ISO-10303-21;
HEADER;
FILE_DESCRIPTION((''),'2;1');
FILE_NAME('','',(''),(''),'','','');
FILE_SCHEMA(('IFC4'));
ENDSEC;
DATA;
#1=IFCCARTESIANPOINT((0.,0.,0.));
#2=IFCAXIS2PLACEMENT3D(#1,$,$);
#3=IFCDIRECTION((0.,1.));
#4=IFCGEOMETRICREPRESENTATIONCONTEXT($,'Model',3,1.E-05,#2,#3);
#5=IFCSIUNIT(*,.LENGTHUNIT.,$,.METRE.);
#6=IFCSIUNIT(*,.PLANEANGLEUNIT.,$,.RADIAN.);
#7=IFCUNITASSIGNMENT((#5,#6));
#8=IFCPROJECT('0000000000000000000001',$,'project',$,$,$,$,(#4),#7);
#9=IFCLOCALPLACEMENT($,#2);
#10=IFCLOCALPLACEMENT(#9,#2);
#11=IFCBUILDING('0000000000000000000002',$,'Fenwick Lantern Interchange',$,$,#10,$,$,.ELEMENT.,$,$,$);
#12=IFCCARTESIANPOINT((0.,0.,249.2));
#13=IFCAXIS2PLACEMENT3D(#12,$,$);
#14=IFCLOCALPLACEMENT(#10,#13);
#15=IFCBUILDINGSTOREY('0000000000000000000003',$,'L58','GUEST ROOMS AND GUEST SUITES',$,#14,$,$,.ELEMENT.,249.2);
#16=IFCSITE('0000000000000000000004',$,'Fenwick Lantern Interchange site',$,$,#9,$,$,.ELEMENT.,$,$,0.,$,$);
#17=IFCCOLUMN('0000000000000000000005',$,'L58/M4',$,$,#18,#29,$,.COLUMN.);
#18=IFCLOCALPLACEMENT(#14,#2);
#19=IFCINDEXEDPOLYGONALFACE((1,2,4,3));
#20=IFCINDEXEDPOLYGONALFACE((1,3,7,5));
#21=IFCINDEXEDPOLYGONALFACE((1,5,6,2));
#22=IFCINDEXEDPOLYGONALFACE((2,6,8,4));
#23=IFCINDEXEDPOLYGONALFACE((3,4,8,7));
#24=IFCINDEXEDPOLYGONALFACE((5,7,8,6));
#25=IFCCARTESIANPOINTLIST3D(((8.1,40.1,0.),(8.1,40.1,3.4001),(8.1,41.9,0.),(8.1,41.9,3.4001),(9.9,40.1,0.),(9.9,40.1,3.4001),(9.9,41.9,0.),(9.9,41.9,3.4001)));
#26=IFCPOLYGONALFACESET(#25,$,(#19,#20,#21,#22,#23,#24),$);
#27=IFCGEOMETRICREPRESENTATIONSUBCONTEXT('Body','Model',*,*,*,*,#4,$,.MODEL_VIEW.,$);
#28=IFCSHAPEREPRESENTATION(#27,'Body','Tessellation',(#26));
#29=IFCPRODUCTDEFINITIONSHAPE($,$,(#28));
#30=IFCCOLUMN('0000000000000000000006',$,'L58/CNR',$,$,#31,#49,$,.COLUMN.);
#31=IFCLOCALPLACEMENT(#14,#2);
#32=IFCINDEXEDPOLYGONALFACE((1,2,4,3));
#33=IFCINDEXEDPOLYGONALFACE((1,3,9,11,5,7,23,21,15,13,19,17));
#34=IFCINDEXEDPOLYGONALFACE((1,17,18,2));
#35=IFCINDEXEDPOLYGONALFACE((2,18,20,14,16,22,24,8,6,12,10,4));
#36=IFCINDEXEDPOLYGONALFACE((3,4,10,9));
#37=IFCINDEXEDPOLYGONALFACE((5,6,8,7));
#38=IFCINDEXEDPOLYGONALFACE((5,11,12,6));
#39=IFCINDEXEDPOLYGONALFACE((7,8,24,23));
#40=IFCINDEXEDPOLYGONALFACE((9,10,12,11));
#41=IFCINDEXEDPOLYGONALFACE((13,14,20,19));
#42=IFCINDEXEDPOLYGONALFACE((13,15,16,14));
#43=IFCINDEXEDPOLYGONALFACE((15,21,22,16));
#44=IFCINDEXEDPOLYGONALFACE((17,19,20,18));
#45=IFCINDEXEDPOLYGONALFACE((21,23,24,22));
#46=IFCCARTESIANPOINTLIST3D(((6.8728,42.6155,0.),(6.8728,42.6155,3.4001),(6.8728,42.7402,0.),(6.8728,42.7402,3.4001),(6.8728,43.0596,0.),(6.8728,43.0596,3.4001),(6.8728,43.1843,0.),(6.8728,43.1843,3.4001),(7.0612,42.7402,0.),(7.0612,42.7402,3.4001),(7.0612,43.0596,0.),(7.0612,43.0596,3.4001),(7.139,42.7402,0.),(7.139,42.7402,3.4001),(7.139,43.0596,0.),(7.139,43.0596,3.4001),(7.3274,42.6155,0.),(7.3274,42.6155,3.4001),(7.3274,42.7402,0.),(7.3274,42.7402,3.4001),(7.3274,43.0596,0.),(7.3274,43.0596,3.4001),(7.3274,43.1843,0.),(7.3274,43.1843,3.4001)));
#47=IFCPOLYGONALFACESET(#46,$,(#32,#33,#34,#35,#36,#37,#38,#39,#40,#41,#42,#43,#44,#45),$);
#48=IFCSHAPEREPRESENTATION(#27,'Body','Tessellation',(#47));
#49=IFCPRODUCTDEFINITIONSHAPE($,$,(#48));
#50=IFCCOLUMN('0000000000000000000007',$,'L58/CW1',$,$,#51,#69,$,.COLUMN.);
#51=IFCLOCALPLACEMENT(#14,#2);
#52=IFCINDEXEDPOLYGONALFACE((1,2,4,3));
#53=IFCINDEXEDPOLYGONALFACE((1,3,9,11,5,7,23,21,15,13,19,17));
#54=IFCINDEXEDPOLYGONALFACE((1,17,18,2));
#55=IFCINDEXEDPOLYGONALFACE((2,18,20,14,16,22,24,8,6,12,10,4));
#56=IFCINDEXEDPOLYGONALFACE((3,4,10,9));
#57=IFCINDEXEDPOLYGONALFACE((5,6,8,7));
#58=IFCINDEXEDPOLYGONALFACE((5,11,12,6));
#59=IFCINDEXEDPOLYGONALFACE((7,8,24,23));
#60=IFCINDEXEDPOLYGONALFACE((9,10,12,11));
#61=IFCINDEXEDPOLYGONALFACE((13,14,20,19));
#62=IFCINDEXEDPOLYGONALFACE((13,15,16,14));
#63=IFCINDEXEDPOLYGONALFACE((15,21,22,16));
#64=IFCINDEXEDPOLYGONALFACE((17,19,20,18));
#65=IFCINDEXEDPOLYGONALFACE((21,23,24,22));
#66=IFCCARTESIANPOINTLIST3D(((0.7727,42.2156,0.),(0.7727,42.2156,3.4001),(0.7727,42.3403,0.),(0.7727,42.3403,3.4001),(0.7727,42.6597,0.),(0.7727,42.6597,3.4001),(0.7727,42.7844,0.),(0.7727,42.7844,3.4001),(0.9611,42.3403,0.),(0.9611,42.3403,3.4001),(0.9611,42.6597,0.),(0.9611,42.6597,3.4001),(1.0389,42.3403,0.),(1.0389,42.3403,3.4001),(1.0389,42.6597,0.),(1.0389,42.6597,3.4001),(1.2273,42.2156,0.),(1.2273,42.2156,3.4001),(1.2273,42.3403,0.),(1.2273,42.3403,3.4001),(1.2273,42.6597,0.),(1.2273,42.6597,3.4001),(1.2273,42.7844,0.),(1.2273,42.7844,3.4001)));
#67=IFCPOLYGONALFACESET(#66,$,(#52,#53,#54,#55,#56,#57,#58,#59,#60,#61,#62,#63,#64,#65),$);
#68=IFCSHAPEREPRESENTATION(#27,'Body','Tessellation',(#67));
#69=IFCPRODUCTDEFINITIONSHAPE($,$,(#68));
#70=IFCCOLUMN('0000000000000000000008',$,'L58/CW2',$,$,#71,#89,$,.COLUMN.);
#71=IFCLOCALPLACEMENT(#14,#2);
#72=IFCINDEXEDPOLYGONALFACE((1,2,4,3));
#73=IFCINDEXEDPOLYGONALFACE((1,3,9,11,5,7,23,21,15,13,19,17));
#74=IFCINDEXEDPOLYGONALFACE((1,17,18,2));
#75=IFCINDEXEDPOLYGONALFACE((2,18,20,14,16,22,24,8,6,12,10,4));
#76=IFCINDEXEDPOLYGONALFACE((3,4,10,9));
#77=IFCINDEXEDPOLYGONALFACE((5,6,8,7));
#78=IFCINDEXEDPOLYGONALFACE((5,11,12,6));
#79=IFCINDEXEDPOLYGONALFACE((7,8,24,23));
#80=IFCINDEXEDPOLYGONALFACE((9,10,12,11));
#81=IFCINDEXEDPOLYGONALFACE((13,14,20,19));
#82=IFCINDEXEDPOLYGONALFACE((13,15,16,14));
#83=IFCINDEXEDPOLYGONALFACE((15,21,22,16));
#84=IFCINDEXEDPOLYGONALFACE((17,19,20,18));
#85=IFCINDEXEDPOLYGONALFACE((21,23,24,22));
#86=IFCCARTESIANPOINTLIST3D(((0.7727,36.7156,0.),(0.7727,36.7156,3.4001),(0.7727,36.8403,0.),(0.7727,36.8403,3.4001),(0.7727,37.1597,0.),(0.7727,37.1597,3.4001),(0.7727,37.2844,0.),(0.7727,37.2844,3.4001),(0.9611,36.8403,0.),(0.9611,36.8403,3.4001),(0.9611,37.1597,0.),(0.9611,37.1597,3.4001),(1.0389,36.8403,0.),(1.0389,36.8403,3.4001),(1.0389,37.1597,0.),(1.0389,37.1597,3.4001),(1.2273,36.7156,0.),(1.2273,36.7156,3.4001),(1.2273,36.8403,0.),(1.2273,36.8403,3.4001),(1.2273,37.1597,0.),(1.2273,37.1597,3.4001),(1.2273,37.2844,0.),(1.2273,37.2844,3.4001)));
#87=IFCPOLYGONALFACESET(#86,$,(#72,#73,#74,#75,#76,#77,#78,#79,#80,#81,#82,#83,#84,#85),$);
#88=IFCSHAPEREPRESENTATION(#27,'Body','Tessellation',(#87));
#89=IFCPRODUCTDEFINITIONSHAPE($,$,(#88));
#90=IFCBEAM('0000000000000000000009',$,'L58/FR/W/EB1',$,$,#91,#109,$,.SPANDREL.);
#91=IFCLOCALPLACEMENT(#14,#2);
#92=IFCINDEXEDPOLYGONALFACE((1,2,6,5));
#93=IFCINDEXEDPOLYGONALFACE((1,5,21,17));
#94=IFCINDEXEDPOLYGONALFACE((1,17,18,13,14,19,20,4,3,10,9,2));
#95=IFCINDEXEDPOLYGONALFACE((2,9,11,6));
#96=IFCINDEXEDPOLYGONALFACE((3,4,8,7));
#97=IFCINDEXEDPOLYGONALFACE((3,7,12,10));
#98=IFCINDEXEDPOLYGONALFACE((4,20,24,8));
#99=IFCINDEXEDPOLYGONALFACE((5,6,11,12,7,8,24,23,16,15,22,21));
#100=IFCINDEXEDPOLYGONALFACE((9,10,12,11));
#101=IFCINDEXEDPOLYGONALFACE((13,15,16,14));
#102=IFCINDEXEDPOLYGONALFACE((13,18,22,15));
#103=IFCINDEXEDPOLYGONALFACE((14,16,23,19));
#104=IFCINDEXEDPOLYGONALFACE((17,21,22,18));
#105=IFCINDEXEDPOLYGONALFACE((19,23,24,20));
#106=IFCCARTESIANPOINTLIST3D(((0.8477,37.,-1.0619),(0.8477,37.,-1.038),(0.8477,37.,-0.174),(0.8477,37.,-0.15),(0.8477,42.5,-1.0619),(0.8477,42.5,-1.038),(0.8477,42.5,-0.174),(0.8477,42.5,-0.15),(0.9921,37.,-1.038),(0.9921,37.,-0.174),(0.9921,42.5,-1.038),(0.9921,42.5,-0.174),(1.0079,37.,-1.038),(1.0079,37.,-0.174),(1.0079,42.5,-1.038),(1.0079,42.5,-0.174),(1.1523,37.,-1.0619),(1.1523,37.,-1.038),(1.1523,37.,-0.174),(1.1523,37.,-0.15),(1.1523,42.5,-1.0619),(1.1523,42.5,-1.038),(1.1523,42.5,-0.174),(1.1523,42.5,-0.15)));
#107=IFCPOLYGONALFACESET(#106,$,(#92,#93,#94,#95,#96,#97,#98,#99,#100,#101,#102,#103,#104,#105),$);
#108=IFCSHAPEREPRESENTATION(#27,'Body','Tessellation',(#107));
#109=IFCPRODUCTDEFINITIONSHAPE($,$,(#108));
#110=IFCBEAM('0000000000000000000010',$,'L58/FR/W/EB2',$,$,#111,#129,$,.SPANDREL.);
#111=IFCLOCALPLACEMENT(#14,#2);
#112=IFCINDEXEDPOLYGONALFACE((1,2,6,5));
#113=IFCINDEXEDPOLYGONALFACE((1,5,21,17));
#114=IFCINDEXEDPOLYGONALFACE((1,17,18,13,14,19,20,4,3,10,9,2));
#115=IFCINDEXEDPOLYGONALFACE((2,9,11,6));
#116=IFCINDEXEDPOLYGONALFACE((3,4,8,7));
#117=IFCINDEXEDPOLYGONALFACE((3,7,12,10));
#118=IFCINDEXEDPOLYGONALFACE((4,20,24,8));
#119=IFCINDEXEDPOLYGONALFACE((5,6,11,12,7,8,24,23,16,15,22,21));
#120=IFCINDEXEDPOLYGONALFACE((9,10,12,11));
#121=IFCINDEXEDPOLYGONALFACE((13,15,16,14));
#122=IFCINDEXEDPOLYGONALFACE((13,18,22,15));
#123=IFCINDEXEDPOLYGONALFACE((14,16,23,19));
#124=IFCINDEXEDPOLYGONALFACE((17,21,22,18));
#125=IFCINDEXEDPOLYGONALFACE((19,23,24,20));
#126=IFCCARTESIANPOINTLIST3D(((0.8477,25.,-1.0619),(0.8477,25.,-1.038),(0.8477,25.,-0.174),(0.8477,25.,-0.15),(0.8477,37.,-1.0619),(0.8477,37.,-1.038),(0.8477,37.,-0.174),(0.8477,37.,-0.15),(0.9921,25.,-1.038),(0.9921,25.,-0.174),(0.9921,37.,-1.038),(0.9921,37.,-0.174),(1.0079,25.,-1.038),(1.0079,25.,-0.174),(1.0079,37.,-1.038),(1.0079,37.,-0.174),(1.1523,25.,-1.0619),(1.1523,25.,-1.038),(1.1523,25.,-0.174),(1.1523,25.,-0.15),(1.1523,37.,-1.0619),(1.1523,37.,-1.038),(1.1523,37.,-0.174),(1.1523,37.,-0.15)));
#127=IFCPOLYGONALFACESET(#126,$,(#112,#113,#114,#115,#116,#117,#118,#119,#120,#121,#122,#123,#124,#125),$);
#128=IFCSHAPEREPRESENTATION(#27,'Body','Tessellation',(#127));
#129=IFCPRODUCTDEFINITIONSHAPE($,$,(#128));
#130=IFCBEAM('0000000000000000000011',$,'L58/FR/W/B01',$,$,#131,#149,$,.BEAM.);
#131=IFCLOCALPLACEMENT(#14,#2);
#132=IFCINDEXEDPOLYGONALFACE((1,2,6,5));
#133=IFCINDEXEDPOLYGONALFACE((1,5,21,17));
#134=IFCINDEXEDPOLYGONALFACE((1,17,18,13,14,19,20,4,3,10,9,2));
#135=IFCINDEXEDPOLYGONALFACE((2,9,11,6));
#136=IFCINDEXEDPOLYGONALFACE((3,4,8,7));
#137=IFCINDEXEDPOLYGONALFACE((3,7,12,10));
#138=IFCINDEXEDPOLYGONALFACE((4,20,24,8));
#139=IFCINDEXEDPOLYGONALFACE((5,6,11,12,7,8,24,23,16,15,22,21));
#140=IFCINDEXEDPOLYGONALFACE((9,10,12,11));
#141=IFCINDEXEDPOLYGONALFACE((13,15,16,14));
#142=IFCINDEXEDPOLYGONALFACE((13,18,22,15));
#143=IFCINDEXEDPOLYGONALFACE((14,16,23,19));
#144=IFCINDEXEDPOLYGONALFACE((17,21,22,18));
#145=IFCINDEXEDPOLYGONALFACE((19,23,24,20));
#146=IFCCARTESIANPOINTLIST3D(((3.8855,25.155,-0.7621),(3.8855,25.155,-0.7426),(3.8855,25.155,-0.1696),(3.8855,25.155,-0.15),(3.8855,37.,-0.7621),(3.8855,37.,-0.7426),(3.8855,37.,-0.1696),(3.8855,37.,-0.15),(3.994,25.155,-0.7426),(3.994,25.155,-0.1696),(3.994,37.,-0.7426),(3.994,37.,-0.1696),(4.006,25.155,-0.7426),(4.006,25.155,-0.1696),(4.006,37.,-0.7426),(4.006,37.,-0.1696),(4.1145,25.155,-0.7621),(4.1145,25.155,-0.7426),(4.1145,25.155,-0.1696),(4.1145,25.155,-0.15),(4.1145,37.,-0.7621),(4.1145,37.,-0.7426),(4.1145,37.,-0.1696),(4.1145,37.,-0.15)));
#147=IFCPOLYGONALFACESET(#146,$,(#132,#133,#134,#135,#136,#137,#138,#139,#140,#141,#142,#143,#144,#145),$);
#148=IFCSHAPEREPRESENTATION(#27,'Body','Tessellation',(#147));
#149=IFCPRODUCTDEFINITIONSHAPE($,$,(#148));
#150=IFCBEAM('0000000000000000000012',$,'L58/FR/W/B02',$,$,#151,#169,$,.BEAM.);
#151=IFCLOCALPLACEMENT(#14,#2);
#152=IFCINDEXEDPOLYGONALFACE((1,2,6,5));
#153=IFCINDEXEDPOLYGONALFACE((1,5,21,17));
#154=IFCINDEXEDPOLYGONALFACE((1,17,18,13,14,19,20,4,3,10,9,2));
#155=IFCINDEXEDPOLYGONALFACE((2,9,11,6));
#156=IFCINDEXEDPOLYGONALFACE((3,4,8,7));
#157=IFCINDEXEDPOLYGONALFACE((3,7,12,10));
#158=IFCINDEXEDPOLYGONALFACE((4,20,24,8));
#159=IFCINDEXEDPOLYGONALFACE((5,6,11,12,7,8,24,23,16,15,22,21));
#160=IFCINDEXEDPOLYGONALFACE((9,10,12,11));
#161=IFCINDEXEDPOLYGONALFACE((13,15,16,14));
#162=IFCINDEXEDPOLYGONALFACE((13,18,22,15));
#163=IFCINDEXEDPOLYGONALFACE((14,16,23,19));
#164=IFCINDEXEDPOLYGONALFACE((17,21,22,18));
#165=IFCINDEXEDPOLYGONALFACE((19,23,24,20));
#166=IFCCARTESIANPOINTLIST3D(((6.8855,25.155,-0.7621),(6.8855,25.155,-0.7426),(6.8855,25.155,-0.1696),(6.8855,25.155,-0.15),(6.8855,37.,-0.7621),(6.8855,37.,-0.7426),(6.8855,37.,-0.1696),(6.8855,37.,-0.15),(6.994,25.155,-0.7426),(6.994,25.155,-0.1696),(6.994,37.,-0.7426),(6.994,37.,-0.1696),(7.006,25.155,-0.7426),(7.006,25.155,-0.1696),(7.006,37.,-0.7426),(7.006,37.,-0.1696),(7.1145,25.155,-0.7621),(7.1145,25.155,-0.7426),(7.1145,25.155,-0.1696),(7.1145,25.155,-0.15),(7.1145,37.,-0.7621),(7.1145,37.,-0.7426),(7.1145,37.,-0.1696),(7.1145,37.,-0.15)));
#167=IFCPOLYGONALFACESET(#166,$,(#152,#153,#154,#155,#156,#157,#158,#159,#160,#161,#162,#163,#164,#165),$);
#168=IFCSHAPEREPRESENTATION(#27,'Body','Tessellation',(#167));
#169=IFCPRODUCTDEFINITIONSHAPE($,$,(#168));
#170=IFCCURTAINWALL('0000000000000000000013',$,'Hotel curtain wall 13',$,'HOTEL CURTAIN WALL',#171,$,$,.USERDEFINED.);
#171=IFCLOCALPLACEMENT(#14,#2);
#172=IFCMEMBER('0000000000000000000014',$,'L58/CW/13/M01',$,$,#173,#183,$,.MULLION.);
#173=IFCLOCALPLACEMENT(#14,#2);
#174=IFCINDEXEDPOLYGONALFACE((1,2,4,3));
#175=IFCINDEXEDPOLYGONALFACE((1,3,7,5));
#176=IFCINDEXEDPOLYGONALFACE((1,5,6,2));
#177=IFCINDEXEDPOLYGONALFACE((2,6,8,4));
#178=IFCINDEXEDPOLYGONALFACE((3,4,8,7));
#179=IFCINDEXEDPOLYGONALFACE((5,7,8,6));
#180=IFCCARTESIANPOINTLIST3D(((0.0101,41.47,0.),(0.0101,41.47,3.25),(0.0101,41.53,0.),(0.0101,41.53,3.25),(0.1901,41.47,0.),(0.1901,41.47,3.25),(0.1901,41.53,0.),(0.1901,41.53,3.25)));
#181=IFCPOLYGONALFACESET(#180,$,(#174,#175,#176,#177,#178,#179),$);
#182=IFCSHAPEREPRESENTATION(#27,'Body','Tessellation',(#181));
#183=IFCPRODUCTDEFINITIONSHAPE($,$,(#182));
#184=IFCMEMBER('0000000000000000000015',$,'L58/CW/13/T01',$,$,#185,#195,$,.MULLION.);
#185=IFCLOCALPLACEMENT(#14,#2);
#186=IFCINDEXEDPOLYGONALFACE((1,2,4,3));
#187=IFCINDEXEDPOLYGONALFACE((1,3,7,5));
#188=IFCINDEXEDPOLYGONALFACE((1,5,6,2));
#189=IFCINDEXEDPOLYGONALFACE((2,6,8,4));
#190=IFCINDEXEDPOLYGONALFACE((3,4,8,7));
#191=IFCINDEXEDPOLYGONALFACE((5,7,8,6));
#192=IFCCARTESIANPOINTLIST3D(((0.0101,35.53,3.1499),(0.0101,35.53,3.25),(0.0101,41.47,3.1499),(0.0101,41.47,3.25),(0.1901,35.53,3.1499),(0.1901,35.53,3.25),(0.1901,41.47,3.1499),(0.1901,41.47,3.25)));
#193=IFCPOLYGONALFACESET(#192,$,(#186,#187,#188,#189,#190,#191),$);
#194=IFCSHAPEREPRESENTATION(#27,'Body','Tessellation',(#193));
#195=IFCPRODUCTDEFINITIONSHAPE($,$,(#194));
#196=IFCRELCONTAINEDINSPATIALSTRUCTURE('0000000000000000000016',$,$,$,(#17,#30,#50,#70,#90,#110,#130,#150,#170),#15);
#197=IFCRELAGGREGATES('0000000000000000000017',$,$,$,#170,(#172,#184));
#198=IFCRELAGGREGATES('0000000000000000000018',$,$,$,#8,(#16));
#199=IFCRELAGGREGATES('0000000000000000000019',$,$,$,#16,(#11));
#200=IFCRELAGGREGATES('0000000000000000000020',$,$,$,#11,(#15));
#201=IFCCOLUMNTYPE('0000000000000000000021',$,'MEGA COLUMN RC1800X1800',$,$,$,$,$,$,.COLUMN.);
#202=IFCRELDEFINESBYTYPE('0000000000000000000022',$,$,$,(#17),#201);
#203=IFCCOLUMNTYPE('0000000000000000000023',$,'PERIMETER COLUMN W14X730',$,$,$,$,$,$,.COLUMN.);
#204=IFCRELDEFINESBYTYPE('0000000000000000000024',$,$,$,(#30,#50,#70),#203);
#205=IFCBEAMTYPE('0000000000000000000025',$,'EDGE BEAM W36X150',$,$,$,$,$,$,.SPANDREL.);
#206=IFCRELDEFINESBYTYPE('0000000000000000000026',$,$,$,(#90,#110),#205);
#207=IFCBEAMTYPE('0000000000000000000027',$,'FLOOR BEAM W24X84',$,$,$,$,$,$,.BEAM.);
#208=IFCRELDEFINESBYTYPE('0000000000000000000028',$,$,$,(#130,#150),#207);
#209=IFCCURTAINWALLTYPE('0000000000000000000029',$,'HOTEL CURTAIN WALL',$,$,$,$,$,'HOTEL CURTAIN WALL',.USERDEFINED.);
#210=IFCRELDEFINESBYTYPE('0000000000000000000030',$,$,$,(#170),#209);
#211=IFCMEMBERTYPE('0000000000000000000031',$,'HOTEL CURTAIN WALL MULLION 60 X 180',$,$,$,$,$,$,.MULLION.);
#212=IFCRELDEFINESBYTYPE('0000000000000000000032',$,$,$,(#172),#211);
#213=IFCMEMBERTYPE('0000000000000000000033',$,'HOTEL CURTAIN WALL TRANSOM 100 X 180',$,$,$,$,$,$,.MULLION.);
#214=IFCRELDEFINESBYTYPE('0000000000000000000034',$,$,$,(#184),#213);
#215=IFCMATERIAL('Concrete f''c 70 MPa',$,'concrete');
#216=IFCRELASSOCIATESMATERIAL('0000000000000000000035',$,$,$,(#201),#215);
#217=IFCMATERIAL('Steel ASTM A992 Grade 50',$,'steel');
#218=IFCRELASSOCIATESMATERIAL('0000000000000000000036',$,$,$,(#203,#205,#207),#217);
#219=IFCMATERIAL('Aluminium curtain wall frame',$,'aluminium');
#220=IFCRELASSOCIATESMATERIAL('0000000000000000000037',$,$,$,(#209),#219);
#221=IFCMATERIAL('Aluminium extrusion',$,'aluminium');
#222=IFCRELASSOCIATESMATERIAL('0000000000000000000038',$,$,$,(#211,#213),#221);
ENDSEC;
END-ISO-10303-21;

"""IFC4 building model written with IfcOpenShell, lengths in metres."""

from ifc_helpers import new_model, si_unit, direction, frame, origin, origin_2d, place, context, subcontext, project, spatial, rectangle, i_section, extrude, material, material_profile, profile_set, type_object, element, aggregate, save


model = new_model("IFC4")

# Units and contexts
model_context = context("Model", 3, precision=1e-05, world=origin(), true_north=direction((0.0, 1.0)))
body_context = subcontext(model_context, "Body", "Model", "MODEL_VIEW")
ifc_project = project(units=[si_unit("LENGTHUNIT", "METRE"), si_unit("PLANEANGLEUNIT", "RADIAN")], contexts=[model_context])

# Site, building, storey
site_placement = place(None, origin())
site = spatial("IfcSite", under=ifc_project, at=site_placement, Name="Fenwick Lantern Interchange site", CompositionType="ELEMENT", RefElevation=0.0)
building_placement = place(site_placement, origin())
building = spatial("IfcBuilding", under=site, at=building_placement, Name="Fenwick Lantern Interchange", CompositionType="ELEMENT")
storey_placement = place(building_placement, frame((0.0, 0.0, 249.2)))
storey = spatial("IfcBuildingStorey", under=building, at=storey_placement, Name="L58", Description="GUEST ROOMS AND GUEST SUITES", CompositionType="ELEMENT", Elevation=249.2)

# Columns
ifc_material_1 = material(Name="Concrete f'c 70 MPa", Category="concrete")
ifc_material_profile_1 = material_profile(ifc_material_1, rectangle(XDim=1.8, YDim=1.8, at=origin_2d()), Name="RC1800X1800")
ifc_profile_set_1 = profile_set([ifc_material_profile_1], Name="Concrete f'c 70 MPa")
column_type_1 = type_object("IfcColumnType", Name="MEGA COLUMN RC1800X1800", PredefinedType="COLUMN", material=ifc_profile_set_1)
column_placement = place(storey_placement, frame((9.0, 41.0, 0.0), z_axis=(0.0, 0.0, 1.0), x_axis=(1.0, 0.0, 0.0)))
element("IfcColumn", 1, at=column_placement, inside=storey, type_object=column_type_1, Name="L58/M4", PredefinedType="COLUMN", context=body_context, shape_type="SweptSolid", body=[
    extrude(rectangle(XDim=1.8, YDim=1.8, at=origin_2d()), origin(), (0.0, 0.0, 1.0), 3.4001),
])
ifc_material_2 = material(Name="Steel ASTM A992 Grade 50", Category="steel")
ifc_material_profile_2 = material_profile(ifc_material_2, i_section(OverallWidth=0.4546, OverallDepth=0.5688, WebThickness=0.0779, FlangeThickness=0.1248, at=origin_2d()), Name="W14X730")
ifc_profile_set_2 = profile_set([ifc_material_profile_2], Name="Steel ASTM A992 Grade 50")
column_type_2 = type_object("IfcColumnType", Name="PERIMETER COLUMN W14X730", PredefinedType="COLUMN", material=ifc_profile_set_2)
for number, where, z_axis, x_axis, name in (
    (2, (7.1001, 42.8999, 0.0), (0.0, 0.0, 1.0), (1.0, 0.0, 0.0), "L58/CNR"),
    (3, (1.0, 42.5, 0.0), (0.0, 0.0, 1.0), (1.0, 0.0, 0.0), "L58/CW1"),
    (4, (1.0, 37.0, 0.0), (0.0, 0.0, 1.0), (1.0, 0.0, 0.0), "L58/CW2"),
):
    element("IfcColumn", number, at=place(storey_placement, frame(where, z_axis=z_axis, x_axis=x_axis)), inside=storey, type_object=column_type_2, Name=name, PredefinedType="COLUMN", context=body_context, shape_type="SweptSolid", body=[
        extrude(i_section(OverallWidth=0.4546, OverallDepth=0.5688, WebThickness=0.0779, FlangeThickness=0.1248, at=origin_2d()), origin(), (0.0, 0.0, 1.0), 3.4001),
    ])

# Beams
ifc_material_profile_3 = material_profile(ifc_material_2, i_section(OverallWidth=0.3047, OverallDepth=0.9119, WebThickness=0.0159, FlangeThickness=0.0239, at=origin_2d()), Name="W36X150")
ifc_profile_set_3 = profile_set([ifc_material_profile_3], Name="Steel ASTM A992 Grade 50")
beam_type_1 = type_object("IfcBeamType", Name="EDGE BEAM W36X150", PredefinedType="SPANDREL", material=ifc_profile_set_3)
beam_1_placement = place(storey_placement, frame((1.0, 42.5, -0.606), z_axis=(0.0, -1.0, 0.0), x_axis=(1.0, 0.0, 0.0)))
element("IfcBeam", 5, at=beam_1_placement, inside=storey, type_object=beam_type_1, Name="L58/FR/W/EB1", PredefinedType="SPANDREL", context=body_context, shape_type="SweptSolid", body=[
    extrude(i_section(OverallWidth=0.3047, OverallDepth=0.9119, WebThickness=0.0159, FlangeThickness=0.0239, at=origin_2d()), origin(), (0.0, 0.0, 1.0), 5.5),
])
beam_2_placement = place(storey_placement, frame((1.0, 37.0, -0.606), z_axis=(0.0, -1.0, 0.0), x_axis=(1.0, 0.0, 0.0)))
element("IfcBeam", 6, at=beam_2_placement, inside=storey, type_object=beam_type_1, Name="L58/FR/W/EB2", PredefinedType="SPANDREL", context=body_context, shape_type="SweptSolid", body=[
    extrude(i_section(OverallWidth=0.3047, OverallDepth=0.9119, WebThickness=0.0159, FlangeThickness=0.0239, at=origin_2d()), origin(), (0.0, 0.0, 1.0), 12.0),
])
ifc_material_profile_4 = material_profile(ifc_material_2, i_section(OverallWidth=0.229, OverallDepth=0.6121, WebThickness=0.012, FlangeThickness=0.0195, at=origin_2d()), Name="W24X84")
ifc_profile_set_4 = profile_set([ifc_material_profile_4], Name="Steel ASTM A992 Grade 50")
beam_type_2 = type_object("IfcBeamType", Name="FLOOR BEAM W24X84", PredefinedType="BEAM", material=ifc_profile_set_4)
for number, where, z_axis, x_axis, name in (
    (7, (4.0, 37.0, -0.4561), (0.0, -1.0, 0.0), (1.0, 0.0, 0.0), "L58/FR/W/B01"),
    (8, (7.0, 37.0, -0.4561), (0.0, -1.0, 0.0), (1.0, 0.0, 0.0), "L58/FR/W/B02"),
):
    element("IfcBeam", number, at=place(storey_placement, frame(where, z_axis=z_axis, x_axis=x_axis)), inside=storey, type_object=beam_type_2, Name=name, PredefinedType="BEAM", context=body_context, shape_type="SweptSolid", body=[
        extrude(i_section(OverallWidth=0.229, OverallDepth=0.6121, WebThickness=0.012, FlangeThickness=0.0195, at=origin_2d()), origin(), (0.0, 0.0, 1.0), 11.845),
    ])

# Curtain wall, members
ifc_material_3 = material(Name="Aluminium curtain wall frame", Category="aluminium")
curtain_wall_type = type_object("IfcCurtainWallType", Name="HOTEL CURTAIN WALL", ElementType="HOTEL CURTAIN WALL", PredefinedType="USERDEFINED", material=ifc_material_3)
curtain_wall_placement = place(storey_placement, origin())
curtain_wall = element("IfcCurtainWall", 9, at=curtain_wall_placement, inside=storey, type_object=curtain_wall_type, Name="Hotel curtain wall 13", ObjectType="HOTEL CURTAIN WALL", PredefinedType="USERDEFINED")
ifc_material_4 = material(Name="Aluminium extrusion", Category="aluminium")
ifc_material_profile_5 = material_profile(ifc_material_4, rectangle(XDim=0.1799, YDim=0.0601, at=origin_2d()), Name="HOTEL CURTAIN WALL MULLION 60 X 180")
ifc_profile_set_5 = profile_set([ifc_material_profile_5], Name="Aluminium extrusion")
member_type_1 = type_object("IfcMemberType", Name="HOTEL CURTAIN WALL MULLION 60 X 180", PredefinedType="MULLION", material=ifc_profile_set_5)
member_1_placement = place(storey_placement, frame((0.1001, 41.5, 0.0), z_axis=(0.0, 0.0, 1.0), x_axis=(1.0, 0.0, 0.0)))
member_1 = element("IfcMember", 10, at=member_1_placement, type_object=member_type_1, Name="L58/CW/13/M01", PredefinedType="MULLION", context=body_context, shape_type="SweptSolid", body=[
    extrude(rectangle(XDim=0.1799, YDim=0.0601, at=origin_2d()), origin(), (0.0, 0.0, 1.0), 3.25),
])
ifc_material_profile_6 = material_profile(ifc_material_4, rectangle(XDim=0.1799, YDim=0.1001, at=origin_2d()), Name="HOTEL CURTAIN WALL TRANSOM 100 X 180")
ifc_profile_set_6 = profile_set([ifc_material_profile_6], Name="Aluminium extrusion")
member_type_2 = type_object("IfcMemberType", Name="HOTEL CURTAIN WALL TRANSOM 100 X 180", PredefinedType="MULLION", material=ifc_profile_set_6)
member_2_placement = place(storey_placement, frame((0.1001, 41.47, 3.2), z_axis=(0.0, -1.0, 0.0), x_axis=(1.0, 0.0, 0.0)))
member_2 = element("IfcMember", 11, at=member_2_placement, type_object=member_type_2, Name="L58/CW/13/T01", PredefinedType="MULLION", context=body_context, shape_type="SweptSolid", body=[
    extrude(rectangle(XDim=0.1799, YDim=0.1001, at=origin_2d()), origin(), (0.0, 0.0, 1.0), 5.9399),
])
aggregate(curtain_wall, [member_1, member_2])

save(model, "model.ifc")
